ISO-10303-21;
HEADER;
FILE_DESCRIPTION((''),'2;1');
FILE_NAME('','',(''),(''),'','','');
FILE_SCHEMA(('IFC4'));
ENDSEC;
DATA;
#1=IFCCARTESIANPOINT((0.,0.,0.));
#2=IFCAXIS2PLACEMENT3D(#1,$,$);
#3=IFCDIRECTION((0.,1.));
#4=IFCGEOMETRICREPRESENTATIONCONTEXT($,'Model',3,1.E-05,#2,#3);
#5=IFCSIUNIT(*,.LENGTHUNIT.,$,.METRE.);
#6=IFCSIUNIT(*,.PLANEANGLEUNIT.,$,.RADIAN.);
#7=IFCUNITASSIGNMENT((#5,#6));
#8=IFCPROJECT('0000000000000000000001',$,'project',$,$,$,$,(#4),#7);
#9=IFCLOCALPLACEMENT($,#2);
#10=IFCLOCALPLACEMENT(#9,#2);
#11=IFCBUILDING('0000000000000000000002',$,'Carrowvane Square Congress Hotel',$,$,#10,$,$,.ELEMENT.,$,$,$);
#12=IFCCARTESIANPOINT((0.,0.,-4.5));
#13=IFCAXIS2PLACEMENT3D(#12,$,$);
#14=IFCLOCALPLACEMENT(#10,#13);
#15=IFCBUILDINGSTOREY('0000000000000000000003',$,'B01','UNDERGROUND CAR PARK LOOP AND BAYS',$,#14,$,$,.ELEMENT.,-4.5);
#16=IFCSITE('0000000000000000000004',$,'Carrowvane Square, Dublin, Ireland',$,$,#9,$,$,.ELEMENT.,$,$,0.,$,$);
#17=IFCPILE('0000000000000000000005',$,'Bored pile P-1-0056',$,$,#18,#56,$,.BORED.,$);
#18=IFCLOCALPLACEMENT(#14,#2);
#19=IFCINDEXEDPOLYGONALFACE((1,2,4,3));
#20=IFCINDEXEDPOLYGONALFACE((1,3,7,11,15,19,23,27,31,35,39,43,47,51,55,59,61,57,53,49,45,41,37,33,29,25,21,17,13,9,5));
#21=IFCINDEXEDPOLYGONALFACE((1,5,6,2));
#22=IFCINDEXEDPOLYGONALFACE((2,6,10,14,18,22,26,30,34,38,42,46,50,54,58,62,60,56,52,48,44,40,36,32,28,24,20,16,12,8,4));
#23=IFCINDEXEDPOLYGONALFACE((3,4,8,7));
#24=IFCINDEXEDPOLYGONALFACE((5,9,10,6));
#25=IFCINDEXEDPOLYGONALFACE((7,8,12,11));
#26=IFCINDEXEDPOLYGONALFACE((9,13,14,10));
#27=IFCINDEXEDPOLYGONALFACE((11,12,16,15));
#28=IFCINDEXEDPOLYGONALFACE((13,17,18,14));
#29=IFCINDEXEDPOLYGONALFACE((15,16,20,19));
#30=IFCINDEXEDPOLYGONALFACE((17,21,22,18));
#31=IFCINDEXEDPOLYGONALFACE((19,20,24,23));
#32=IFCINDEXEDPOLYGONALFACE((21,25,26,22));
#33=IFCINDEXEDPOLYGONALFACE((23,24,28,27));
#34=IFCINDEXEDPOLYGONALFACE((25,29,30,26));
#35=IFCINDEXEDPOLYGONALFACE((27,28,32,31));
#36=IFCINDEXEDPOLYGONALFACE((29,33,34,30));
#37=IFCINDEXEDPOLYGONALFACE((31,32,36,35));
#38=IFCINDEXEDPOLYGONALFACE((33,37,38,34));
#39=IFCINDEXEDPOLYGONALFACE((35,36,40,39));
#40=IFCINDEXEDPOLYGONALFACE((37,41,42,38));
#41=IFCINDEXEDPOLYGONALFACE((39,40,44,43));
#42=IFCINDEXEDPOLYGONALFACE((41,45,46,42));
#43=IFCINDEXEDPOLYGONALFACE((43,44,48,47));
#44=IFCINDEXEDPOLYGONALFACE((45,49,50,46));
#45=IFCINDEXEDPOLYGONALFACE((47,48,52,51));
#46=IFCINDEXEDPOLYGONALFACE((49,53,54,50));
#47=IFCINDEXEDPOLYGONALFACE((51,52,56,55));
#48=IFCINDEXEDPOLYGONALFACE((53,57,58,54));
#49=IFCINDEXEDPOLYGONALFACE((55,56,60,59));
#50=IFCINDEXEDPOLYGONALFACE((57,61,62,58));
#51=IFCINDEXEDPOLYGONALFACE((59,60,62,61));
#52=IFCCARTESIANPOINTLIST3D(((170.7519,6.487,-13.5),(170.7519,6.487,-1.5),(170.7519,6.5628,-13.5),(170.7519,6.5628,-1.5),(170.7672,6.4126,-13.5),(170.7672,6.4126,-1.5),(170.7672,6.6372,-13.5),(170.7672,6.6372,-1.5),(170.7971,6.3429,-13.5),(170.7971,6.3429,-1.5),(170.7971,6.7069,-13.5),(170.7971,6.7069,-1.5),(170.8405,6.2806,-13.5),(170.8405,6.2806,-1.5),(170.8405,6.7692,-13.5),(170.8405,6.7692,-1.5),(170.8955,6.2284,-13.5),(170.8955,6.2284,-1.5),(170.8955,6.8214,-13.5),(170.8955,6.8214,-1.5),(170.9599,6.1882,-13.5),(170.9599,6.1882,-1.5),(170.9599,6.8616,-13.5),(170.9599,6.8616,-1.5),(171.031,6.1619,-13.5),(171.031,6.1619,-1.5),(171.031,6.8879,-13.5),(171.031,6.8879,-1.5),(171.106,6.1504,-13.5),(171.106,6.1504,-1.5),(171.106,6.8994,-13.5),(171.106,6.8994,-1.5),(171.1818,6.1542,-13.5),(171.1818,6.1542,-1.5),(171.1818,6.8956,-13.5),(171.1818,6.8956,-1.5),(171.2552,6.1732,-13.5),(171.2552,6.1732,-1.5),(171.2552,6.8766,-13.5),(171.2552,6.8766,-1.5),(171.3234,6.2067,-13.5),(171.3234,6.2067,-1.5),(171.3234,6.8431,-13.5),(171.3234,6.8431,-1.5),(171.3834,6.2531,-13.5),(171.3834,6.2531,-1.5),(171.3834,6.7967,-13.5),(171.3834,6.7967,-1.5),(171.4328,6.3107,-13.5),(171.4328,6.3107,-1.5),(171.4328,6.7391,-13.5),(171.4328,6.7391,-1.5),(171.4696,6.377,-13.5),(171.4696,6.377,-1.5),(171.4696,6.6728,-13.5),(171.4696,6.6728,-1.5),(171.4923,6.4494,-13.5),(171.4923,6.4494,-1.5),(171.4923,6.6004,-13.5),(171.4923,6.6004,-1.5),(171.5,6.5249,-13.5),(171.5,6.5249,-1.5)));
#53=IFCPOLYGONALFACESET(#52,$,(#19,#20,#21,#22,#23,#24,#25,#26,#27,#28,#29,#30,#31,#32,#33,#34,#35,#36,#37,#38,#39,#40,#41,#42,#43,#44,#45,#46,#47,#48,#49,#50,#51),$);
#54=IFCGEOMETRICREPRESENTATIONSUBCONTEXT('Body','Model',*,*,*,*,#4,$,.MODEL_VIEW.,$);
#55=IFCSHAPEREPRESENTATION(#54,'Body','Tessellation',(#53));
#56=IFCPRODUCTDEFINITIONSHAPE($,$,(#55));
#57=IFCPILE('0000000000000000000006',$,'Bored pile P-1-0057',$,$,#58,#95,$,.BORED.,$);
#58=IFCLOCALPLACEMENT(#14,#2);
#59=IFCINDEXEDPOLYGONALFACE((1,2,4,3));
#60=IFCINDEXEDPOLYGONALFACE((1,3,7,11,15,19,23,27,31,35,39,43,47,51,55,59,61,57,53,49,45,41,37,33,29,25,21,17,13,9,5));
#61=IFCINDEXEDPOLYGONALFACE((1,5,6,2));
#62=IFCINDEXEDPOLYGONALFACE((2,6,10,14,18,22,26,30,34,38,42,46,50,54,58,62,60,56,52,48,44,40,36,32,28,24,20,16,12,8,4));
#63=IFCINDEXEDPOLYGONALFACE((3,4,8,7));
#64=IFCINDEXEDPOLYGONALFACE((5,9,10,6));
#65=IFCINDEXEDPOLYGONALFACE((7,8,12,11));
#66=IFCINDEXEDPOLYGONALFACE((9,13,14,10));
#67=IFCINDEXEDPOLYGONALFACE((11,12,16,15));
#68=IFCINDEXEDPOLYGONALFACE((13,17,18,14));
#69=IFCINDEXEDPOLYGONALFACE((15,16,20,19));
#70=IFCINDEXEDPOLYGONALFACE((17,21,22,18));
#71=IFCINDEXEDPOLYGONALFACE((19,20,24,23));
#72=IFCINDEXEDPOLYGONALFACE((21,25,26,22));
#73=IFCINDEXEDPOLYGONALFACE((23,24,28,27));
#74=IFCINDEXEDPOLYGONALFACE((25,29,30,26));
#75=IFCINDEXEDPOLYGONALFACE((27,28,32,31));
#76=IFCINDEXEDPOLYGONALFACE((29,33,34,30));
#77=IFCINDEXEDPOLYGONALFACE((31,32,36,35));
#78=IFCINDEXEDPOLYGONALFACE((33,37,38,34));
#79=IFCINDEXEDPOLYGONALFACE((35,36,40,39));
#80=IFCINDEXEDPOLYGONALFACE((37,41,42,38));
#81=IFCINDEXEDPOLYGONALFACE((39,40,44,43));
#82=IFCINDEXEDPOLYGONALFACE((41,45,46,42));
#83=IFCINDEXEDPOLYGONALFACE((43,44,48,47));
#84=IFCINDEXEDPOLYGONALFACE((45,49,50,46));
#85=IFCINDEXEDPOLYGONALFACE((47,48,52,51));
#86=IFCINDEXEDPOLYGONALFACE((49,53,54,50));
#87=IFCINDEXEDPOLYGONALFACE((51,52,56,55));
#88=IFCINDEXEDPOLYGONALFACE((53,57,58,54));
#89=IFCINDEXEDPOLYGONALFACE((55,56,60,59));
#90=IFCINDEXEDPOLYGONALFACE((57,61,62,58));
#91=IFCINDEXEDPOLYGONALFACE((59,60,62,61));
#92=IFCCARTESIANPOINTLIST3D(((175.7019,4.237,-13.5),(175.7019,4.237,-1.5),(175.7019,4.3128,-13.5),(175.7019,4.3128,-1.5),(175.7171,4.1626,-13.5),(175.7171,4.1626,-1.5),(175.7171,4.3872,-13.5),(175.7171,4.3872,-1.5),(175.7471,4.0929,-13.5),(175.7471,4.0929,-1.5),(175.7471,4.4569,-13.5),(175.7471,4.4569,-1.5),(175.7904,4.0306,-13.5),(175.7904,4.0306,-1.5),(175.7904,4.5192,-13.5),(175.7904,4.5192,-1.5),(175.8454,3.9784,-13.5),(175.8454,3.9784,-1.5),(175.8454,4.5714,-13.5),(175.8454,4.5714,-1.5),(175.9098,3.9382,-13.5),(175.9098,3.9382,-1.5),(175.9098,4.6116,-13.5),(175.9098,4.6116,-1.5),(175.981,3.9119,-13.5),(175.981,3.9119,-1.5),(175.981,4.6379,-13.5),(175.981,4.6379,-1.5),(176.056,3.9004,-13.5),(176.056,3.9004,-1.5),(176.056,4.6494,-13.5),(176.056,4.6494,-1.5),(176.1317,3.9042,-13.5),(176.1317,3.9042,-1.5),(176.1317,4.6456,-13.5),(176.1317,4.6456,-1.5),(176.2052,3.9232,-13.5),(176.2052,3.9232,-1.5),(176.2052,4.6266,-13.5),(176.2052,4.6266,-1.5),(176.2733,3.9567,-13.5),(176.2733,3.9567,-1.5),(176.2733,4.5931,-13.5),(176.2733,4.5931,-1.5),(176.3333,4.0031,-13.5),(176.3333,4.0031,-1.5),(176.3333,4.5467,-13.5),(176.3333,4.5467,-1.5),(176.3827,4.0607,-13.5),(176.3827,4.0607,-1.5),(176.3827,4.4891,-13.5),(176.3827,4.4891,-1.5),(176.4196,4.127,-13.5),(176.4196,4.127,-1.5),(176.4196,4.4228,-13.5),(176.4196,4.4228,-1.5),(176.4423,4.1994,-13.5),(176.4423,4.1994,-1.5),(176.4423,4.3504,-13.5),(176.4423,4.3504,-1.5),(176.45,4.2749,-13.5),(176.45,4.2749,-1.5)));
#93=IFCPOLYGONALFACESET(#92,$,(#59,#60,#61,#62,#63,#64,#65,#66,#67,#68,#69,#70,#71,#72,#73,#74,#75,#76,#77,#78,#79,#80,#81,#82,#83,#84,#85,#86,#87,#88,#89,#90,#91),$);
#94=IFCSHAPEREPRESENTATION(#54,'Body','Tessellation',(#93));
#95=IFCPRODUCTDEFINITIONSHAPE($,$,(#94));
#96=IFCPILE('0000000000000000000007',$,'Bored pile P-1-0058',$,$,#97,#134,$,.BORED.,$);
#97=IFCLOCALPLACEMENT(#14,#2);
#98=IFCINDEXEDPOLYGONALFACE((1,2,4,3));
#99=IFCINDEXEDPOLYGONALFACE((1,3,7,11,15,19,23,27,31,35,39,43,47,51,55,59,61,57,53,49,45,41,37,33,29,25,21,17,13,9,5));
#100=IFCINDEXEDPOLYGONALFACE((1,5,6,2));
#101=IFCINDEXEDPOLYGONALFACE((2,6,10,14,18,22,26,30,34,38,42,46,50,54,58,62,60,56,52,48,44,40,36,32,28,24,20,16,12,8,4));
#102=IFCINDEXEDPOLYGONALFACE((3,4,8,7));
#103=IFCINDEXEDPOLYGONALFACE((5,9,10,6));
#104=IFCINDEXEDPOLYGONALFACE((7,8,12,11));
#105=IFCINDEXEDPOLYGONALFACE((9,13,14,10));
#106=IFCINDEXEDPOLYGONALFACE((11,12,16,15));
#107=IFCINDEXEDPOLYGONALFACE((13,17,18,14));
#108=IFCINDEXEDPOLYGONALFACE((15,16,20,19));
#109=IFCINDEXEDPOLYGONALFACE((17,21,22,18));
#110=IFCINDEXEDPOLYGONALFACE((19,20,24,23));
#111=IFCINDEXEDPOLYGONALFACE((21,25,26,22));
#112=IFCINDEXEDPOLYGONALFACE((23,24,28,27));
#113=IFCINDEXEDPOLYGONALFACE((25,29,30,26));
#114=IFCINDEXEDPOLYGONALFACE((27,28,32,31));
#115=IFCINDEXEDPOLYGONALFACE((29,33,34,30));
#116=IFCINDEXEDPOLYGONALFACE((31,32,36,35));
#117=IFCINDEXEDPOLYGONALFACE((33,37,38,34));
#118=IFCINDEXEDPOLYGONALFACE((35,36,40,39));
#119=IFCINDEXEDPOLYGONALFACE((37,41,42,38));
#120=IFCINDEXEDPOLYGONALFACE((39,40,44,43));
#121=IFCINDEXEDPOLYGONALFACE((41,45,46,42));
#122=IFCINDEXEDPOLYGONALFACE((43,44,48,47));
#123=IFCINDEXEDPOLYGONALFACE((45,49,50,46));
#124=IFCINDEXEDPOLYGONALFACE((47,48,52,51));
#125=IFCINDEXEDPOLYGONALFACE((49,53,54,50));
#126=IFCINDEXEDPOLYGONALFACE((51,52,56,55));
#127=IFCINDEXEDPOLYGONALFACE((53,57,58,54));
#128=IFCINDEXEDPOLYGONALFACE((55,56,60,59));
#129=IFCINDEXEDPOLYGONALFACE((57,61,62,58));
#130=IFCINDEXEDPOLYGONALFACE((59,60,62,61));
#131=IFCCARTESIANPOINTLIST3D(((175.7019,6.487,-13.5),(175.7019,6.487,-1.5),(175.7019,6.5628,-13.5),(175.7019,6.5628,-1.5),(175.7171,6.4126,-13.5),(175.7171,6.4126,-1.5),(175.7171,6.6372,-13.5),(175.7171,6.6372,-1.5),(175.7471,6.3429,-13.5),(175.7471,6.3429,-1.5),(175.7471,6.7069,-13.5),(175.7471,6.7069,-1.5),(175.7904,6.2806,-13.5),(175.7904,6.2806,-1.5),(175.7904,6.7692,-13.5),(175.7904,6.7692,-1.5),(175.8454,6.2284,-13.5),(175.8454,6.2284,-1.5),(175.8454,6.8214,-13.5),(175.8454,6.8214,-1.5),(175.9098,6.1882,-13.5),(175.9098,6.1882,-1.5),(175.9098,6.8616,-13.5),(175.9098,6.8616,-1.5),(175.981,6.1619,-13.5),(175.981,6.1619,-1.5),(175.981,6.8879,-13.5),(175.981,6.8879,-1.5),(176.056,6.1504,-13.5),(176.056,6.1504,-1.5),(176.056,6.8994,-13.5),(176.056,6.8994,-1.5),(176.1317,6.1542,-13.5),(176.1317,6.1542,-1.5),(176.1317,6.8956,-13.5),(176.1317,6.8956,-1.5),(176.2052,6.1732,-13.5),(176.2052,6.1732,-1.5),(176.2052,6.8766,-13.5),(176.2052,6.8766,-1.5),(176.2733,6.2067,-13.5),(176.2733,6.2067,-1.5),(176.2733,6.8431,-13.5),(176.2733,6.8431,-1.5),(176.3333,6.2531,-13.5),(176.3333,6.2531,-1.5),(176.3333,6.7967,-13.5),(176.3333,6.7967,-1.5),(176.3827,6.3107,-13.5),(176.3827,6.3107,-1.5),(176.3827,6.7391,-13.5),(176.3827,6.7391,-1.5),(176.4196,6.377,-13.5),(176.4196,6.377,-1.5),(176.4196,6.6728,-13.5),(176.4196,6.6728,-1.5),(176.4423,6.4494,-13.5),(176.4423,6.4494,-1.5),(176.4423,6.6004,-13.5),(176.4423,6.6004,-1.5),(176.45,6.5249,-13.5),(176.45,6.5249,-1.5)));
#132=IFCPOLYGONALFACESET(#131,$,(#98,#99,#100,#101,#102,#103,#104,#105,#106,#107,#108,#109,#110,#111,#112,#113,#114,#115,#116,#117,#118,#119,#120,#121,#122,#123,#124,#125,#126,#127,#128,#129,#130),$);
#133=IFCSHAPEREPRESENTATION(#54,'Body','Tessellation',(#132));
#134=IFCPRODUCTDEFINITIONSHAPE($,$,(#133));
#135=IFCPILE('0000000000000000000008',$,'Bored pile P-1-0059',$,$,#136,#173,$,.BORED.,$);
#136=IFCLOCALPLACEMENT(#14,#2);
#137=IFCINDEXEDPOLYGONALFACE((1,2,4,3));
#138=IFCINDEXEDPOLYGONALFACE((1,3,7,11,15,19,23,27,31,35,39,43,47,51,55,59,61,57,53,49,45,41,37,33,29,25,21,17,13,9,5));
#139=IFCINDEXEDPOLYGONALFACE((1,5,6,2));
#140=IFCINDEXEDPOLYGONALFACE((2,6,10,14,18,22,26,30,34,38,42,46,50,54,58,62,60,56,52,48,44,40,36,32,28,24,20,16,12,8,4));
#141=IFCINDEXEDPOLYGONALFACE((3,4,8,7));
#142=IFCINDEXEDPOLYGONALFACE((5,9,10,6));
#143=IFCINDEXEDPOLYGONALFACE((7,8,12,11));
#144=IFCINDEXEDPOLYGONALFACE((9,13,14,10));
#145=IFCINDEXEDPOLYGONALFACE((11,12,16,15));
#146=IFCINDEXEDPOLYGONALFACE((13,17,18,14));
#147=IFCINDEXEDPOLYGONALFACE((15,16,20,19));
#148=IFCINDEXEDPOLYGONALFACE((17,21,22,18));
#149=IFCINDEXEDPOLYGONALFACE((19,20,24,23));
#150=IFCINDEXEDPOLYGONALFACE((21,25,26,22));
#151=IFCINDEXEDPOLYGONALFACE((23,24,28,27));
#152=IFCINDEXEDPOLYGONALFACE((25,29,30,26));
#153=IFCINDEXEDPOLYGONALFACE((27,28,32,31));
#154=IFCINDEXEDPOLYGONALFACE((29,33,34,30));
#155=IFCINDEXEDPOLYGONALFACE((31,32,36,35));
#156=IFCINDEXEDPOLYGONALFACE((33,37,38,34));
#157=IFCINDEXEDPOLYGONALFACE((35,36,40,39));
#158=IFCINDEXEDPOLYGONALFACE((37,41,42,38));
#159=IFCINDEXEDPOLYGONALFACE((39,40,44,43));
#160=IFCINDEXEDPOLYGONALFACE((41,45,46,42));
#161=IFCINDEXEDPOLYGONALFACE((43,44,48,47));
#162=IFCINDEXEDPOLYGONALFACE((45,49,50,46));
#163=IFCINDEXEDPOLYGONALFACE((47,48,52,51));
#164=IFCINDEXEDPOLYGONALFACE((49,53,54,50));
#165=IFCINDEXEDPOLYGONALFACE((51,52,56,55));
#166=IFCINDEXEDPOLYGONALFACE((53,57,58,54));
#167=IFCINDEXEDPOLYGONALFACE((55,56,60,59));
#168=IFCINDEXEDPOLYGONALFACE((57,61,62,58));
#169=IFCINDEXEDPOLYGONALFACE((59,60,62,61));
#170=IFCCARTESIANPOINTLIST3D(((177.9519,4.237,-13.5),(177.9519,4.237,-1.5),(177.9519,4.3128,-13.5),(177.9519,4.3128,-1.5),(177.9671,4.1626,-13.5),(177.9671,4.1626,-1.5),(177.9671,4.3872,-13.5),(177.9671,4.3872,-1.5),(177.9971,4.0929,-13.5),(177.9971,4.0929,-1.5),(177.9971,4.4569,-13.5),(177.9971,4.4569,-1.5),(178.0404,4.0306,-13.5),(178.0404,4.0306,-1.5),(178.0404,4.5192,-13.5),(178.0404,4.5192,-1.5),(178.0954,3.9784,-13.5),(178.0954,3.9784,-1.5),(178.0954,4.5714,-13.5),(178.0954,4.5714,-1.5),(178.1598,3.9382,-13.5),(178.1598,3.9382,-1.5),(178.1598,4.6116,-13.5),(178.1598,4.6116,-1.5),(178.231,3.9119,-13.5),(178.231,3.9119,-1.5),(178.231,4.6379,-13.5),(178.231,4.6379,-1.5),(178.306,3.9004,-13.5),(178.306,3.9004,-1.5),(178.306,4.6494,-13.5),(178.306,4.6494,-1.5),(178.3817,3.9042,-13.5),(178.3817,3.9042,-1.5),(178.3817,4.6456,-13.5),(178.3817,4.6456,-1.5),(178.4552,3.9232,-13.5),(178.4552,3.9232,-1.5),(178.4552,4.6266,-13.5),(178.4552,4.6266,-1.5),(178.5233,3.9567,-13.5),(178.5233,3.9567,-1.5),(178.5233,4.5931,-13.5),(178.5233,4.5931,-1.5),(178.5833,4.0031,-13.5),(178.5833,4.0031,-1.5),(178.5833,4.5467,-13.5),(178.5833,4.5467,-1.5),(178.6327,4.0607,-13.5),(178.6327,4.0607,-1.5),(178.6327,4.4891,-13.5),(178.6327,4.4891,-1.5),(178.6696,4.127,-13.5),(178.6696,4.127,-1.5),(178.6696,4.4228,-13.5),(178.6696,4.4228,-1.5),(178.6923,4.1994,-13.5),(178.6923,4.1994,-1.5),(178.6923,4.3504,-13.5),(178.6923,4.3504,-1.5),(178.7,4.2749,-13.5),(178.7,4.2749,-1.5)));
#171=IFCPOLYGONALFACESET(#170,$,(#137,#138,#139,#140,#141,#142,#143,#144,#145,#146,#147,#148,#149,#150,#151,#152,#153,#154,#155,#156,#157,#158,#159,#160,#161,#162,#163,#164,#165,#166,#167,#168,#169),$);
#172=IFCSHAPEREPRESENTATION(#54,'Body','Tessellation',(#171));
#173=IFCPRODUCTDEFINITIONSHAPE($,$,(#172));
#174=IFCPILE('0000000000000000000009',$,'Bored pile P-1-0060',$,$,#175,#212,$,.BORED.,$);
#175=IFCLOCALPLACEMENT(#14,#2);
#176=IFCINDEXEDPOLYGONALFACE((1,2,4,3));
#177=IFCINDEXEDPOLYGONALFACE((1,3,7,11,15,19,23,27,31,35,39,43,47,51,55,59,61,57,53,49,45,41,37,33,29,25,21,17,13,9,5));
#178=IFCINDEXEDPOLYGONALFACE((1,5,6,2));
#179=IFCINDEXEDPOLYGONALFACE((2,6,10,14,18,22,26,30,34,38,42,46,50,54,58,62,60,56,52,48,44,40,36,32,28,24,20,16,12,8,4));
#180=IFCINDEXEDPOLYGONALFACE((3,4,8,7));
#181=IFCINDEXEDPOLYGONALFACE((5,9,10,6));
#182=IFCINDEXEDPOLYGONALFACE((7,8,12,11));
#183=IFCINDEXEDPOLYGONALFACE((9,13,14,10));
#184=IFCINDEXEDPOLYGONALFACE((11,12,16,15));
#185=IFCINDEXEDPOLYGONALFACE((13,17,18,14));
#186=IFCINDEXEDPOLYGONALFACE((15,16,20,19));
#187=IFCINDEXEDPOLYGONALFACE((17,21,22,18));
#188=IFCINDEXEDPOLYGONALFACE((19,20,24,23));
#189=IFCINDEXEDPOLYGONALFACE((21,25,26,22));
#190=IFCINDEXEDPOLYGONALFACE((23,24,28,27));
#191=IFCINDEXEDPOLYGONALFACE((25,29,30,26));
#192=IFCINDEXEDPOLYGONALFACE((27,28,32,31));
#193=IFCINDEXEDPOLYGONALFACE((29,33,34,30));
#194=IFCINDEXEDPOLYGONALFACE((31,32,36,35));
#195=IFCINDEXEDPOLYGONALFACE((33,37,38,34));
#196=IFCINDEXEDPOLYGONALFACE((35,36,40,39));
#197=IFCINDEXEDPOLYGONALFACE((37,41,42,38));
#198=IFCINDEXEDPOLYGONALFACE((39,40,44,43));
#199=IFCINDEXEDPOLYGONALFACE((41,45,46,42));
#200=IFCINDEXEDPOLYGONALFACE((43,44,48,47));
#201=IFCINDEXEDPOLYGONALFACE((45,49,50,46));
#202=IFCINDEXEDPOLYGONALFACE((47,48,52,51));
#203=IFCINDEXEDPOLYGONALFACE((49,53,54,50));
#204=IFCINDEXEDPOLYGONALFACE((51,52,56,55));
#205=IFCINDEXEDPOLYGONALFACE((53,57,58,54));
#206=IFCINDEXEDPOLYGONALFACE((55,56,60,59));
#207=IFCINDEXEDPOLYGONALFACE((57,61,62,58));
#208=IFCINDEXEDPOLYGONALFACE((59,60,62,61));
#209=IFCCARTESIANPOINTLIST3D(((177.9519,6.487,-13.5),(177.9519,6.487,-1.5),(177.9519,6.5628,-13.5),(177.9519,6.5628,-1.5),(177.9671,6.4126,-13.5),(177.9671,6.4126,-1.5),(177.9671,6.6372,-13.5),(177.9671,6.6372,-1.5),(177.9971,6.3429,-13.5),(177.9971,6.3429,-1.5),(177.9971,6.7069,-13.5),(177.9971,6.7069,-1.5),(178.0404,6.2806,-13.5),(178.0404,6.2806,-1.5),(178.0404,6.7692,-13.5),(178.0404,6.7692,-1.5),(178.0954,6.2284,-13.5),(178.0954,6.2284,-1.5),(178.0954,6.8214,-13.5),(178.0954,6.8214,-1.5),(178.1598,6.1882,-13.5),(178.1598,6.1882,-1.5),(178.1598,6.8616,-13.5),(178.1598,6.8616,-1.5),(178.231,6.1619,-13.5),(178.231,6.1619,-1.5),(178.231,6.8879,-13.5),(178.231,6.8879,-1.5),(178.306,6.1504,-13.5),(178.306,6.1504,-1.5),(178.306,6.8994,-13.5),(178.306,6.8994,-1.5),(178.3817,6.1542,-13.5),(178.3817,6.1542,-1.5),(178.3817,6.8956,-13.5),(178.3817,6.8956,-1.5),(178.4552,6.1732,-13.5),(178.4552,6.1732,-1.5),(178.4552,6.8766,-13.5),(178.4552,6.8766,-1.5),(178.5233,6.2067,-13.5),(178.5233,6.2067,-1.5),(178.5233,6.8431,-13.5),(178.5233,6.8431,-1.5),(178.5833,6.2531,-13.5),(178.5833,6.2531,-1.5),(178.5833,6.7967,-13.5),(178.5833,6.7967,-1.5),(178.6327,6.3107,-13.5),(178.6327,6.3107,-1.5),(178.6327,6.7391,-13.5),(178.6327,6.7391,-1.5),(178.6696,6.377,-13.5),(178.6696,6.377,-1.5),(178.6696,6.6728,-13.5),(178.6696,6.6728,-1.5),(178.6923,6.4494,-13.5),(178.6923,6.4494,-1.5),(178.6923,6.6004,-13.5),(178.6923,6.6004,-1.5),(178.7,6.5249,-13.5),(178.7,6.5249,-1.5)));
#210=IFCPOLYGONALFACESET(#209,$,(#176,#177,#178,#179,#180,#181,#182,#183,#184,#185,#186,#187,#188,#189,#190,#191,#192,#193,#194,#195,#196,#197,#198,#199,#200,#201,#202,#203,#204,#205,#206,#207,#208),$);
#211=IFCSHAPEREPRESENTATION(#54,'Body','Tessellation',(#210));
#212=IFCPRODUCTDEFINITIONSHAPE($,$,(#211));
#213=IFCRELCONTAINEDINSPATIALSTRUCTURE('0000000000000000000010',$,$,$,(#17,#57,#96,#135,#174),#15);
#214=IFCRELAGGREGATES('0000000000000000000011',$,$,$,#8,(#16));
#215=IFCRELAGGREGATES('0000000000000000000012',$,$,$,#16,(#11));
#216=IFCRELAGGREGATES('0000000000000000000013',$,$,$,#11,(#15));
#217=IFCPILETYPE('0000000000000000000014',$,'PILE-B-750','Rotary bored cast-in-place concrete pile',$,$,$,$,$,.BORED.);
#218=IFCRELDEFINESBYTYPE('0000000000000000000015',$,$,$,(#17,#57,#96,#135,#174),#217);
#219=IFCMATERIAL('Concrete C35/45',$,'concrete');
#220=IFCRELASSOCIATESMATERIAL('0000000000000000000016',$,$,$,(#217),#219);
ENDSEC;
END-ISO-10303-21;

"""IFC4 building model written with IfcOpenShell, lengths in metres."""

from ifc_helpers import new_model, si_unit, direction, frame, origin, origin_2d, place, context, subcontext, project, spatial, circle, extrude, material, material_profile, profile_set, type_object, element, save


model = new_model("IFC4")

# Units and contexts
model_context = context("Model", 3, precision=1e-05, world=origin(), true_north=direction((0.0, 1.0)))
body_context = subcontext(model_context, "Body", "Model", "MODEL_VIEW")
ifc_project = project(units=[si_unit("LENGTHUNIT", "METRE"), si_unit("PLANEANGLEUNIT", "RADIAN")], contexts=[model_context])

# Site, building, storey
site_placement = place(None, origin())
site = spatial("IfcSite", under=ifc_project, at=site_placement, Name="Carrowvane Square, Dublin, Ireland", CompositionType="ELEMENT", RefElevation=0.0)
building_placement = place(site_placement, origin())
building = spatial("IfcBuilding", under=site, at=building_placement, Name="Carrowvane Square Congress Hotel", CompositionType="ELEMENT")
storey_placement = place(building_placement, frame((0.0, 0.0, -4.5)))
storey = spatial("IfcBuildingStorey", under=building, at=storey_placement, Name="B01", Description="UNDERGROUND CAR PARK LOOP AND BAYS", CompositionType="ELEMENT", Elevation=-4.5)

# Piles
ifc_material_1 = material(Name="Concrete C35/45", Category="concrete")
ifc_material_profile_1 = material_profile(ifc_material_1, circle(Radius=0.375, at=origin_2d()), Name="PILE D750")
ifc_profile_set_1 = profile_set([ifc_material_profile_1], Name="Concrete C35/45")
pile_type_1 = type_object("IfcPileType", Name="PILE-B-750", Description="Rotary bored cast-in-place concrete pile", PredefinedType="BORED", material=ifc_profile_set_1)
for number, where, z_axis, x_axis, name in (
    (1, (171.125, 6.5249, -1.5), (0.0, 0.0, -1.0), (1.0, 0.0, 0.0), "Bored pile P-1-0056"),
    (2, (176.075, 4.2749, -1.5), (0.0, 0.0, -1.0), (1.0, 0.0, 0.0), "Bored pile P-1-0057"),
    (3, (176.075, 6.5249, -1.5), (0.0, 0.0, -1.0), (1.0, 0.0, 0.0), "Bored pile P-1-0058"),
    (4, (178.325, 4.2749, -1.5), (0.0, 0.0, -1.0), (1.0, 0.0, 0.0), "Bored pile P-1-0059"),
    (5, (178.325, 6.5249, -1.5), (0.0, 0.0, -1.0), (1.0, 0.0, 0.0), "Bored pile P-1-0060"),
):
    element("IfcPile", number, at=place(storey_placement, frame(where, z_axis=z_axis, x_axis=x_axis)), inside=storey, type_object=pile_type_1, Name=name, PredefinedType="BORED", context=body_context, shape_type="SweptSolid", body=[
        extrude(circle(Radius=0.375, at=origin_2d()), origin(), (0.0, 0.0, 1.0), 12.0),
    ])

save(model, "model.ifc")
